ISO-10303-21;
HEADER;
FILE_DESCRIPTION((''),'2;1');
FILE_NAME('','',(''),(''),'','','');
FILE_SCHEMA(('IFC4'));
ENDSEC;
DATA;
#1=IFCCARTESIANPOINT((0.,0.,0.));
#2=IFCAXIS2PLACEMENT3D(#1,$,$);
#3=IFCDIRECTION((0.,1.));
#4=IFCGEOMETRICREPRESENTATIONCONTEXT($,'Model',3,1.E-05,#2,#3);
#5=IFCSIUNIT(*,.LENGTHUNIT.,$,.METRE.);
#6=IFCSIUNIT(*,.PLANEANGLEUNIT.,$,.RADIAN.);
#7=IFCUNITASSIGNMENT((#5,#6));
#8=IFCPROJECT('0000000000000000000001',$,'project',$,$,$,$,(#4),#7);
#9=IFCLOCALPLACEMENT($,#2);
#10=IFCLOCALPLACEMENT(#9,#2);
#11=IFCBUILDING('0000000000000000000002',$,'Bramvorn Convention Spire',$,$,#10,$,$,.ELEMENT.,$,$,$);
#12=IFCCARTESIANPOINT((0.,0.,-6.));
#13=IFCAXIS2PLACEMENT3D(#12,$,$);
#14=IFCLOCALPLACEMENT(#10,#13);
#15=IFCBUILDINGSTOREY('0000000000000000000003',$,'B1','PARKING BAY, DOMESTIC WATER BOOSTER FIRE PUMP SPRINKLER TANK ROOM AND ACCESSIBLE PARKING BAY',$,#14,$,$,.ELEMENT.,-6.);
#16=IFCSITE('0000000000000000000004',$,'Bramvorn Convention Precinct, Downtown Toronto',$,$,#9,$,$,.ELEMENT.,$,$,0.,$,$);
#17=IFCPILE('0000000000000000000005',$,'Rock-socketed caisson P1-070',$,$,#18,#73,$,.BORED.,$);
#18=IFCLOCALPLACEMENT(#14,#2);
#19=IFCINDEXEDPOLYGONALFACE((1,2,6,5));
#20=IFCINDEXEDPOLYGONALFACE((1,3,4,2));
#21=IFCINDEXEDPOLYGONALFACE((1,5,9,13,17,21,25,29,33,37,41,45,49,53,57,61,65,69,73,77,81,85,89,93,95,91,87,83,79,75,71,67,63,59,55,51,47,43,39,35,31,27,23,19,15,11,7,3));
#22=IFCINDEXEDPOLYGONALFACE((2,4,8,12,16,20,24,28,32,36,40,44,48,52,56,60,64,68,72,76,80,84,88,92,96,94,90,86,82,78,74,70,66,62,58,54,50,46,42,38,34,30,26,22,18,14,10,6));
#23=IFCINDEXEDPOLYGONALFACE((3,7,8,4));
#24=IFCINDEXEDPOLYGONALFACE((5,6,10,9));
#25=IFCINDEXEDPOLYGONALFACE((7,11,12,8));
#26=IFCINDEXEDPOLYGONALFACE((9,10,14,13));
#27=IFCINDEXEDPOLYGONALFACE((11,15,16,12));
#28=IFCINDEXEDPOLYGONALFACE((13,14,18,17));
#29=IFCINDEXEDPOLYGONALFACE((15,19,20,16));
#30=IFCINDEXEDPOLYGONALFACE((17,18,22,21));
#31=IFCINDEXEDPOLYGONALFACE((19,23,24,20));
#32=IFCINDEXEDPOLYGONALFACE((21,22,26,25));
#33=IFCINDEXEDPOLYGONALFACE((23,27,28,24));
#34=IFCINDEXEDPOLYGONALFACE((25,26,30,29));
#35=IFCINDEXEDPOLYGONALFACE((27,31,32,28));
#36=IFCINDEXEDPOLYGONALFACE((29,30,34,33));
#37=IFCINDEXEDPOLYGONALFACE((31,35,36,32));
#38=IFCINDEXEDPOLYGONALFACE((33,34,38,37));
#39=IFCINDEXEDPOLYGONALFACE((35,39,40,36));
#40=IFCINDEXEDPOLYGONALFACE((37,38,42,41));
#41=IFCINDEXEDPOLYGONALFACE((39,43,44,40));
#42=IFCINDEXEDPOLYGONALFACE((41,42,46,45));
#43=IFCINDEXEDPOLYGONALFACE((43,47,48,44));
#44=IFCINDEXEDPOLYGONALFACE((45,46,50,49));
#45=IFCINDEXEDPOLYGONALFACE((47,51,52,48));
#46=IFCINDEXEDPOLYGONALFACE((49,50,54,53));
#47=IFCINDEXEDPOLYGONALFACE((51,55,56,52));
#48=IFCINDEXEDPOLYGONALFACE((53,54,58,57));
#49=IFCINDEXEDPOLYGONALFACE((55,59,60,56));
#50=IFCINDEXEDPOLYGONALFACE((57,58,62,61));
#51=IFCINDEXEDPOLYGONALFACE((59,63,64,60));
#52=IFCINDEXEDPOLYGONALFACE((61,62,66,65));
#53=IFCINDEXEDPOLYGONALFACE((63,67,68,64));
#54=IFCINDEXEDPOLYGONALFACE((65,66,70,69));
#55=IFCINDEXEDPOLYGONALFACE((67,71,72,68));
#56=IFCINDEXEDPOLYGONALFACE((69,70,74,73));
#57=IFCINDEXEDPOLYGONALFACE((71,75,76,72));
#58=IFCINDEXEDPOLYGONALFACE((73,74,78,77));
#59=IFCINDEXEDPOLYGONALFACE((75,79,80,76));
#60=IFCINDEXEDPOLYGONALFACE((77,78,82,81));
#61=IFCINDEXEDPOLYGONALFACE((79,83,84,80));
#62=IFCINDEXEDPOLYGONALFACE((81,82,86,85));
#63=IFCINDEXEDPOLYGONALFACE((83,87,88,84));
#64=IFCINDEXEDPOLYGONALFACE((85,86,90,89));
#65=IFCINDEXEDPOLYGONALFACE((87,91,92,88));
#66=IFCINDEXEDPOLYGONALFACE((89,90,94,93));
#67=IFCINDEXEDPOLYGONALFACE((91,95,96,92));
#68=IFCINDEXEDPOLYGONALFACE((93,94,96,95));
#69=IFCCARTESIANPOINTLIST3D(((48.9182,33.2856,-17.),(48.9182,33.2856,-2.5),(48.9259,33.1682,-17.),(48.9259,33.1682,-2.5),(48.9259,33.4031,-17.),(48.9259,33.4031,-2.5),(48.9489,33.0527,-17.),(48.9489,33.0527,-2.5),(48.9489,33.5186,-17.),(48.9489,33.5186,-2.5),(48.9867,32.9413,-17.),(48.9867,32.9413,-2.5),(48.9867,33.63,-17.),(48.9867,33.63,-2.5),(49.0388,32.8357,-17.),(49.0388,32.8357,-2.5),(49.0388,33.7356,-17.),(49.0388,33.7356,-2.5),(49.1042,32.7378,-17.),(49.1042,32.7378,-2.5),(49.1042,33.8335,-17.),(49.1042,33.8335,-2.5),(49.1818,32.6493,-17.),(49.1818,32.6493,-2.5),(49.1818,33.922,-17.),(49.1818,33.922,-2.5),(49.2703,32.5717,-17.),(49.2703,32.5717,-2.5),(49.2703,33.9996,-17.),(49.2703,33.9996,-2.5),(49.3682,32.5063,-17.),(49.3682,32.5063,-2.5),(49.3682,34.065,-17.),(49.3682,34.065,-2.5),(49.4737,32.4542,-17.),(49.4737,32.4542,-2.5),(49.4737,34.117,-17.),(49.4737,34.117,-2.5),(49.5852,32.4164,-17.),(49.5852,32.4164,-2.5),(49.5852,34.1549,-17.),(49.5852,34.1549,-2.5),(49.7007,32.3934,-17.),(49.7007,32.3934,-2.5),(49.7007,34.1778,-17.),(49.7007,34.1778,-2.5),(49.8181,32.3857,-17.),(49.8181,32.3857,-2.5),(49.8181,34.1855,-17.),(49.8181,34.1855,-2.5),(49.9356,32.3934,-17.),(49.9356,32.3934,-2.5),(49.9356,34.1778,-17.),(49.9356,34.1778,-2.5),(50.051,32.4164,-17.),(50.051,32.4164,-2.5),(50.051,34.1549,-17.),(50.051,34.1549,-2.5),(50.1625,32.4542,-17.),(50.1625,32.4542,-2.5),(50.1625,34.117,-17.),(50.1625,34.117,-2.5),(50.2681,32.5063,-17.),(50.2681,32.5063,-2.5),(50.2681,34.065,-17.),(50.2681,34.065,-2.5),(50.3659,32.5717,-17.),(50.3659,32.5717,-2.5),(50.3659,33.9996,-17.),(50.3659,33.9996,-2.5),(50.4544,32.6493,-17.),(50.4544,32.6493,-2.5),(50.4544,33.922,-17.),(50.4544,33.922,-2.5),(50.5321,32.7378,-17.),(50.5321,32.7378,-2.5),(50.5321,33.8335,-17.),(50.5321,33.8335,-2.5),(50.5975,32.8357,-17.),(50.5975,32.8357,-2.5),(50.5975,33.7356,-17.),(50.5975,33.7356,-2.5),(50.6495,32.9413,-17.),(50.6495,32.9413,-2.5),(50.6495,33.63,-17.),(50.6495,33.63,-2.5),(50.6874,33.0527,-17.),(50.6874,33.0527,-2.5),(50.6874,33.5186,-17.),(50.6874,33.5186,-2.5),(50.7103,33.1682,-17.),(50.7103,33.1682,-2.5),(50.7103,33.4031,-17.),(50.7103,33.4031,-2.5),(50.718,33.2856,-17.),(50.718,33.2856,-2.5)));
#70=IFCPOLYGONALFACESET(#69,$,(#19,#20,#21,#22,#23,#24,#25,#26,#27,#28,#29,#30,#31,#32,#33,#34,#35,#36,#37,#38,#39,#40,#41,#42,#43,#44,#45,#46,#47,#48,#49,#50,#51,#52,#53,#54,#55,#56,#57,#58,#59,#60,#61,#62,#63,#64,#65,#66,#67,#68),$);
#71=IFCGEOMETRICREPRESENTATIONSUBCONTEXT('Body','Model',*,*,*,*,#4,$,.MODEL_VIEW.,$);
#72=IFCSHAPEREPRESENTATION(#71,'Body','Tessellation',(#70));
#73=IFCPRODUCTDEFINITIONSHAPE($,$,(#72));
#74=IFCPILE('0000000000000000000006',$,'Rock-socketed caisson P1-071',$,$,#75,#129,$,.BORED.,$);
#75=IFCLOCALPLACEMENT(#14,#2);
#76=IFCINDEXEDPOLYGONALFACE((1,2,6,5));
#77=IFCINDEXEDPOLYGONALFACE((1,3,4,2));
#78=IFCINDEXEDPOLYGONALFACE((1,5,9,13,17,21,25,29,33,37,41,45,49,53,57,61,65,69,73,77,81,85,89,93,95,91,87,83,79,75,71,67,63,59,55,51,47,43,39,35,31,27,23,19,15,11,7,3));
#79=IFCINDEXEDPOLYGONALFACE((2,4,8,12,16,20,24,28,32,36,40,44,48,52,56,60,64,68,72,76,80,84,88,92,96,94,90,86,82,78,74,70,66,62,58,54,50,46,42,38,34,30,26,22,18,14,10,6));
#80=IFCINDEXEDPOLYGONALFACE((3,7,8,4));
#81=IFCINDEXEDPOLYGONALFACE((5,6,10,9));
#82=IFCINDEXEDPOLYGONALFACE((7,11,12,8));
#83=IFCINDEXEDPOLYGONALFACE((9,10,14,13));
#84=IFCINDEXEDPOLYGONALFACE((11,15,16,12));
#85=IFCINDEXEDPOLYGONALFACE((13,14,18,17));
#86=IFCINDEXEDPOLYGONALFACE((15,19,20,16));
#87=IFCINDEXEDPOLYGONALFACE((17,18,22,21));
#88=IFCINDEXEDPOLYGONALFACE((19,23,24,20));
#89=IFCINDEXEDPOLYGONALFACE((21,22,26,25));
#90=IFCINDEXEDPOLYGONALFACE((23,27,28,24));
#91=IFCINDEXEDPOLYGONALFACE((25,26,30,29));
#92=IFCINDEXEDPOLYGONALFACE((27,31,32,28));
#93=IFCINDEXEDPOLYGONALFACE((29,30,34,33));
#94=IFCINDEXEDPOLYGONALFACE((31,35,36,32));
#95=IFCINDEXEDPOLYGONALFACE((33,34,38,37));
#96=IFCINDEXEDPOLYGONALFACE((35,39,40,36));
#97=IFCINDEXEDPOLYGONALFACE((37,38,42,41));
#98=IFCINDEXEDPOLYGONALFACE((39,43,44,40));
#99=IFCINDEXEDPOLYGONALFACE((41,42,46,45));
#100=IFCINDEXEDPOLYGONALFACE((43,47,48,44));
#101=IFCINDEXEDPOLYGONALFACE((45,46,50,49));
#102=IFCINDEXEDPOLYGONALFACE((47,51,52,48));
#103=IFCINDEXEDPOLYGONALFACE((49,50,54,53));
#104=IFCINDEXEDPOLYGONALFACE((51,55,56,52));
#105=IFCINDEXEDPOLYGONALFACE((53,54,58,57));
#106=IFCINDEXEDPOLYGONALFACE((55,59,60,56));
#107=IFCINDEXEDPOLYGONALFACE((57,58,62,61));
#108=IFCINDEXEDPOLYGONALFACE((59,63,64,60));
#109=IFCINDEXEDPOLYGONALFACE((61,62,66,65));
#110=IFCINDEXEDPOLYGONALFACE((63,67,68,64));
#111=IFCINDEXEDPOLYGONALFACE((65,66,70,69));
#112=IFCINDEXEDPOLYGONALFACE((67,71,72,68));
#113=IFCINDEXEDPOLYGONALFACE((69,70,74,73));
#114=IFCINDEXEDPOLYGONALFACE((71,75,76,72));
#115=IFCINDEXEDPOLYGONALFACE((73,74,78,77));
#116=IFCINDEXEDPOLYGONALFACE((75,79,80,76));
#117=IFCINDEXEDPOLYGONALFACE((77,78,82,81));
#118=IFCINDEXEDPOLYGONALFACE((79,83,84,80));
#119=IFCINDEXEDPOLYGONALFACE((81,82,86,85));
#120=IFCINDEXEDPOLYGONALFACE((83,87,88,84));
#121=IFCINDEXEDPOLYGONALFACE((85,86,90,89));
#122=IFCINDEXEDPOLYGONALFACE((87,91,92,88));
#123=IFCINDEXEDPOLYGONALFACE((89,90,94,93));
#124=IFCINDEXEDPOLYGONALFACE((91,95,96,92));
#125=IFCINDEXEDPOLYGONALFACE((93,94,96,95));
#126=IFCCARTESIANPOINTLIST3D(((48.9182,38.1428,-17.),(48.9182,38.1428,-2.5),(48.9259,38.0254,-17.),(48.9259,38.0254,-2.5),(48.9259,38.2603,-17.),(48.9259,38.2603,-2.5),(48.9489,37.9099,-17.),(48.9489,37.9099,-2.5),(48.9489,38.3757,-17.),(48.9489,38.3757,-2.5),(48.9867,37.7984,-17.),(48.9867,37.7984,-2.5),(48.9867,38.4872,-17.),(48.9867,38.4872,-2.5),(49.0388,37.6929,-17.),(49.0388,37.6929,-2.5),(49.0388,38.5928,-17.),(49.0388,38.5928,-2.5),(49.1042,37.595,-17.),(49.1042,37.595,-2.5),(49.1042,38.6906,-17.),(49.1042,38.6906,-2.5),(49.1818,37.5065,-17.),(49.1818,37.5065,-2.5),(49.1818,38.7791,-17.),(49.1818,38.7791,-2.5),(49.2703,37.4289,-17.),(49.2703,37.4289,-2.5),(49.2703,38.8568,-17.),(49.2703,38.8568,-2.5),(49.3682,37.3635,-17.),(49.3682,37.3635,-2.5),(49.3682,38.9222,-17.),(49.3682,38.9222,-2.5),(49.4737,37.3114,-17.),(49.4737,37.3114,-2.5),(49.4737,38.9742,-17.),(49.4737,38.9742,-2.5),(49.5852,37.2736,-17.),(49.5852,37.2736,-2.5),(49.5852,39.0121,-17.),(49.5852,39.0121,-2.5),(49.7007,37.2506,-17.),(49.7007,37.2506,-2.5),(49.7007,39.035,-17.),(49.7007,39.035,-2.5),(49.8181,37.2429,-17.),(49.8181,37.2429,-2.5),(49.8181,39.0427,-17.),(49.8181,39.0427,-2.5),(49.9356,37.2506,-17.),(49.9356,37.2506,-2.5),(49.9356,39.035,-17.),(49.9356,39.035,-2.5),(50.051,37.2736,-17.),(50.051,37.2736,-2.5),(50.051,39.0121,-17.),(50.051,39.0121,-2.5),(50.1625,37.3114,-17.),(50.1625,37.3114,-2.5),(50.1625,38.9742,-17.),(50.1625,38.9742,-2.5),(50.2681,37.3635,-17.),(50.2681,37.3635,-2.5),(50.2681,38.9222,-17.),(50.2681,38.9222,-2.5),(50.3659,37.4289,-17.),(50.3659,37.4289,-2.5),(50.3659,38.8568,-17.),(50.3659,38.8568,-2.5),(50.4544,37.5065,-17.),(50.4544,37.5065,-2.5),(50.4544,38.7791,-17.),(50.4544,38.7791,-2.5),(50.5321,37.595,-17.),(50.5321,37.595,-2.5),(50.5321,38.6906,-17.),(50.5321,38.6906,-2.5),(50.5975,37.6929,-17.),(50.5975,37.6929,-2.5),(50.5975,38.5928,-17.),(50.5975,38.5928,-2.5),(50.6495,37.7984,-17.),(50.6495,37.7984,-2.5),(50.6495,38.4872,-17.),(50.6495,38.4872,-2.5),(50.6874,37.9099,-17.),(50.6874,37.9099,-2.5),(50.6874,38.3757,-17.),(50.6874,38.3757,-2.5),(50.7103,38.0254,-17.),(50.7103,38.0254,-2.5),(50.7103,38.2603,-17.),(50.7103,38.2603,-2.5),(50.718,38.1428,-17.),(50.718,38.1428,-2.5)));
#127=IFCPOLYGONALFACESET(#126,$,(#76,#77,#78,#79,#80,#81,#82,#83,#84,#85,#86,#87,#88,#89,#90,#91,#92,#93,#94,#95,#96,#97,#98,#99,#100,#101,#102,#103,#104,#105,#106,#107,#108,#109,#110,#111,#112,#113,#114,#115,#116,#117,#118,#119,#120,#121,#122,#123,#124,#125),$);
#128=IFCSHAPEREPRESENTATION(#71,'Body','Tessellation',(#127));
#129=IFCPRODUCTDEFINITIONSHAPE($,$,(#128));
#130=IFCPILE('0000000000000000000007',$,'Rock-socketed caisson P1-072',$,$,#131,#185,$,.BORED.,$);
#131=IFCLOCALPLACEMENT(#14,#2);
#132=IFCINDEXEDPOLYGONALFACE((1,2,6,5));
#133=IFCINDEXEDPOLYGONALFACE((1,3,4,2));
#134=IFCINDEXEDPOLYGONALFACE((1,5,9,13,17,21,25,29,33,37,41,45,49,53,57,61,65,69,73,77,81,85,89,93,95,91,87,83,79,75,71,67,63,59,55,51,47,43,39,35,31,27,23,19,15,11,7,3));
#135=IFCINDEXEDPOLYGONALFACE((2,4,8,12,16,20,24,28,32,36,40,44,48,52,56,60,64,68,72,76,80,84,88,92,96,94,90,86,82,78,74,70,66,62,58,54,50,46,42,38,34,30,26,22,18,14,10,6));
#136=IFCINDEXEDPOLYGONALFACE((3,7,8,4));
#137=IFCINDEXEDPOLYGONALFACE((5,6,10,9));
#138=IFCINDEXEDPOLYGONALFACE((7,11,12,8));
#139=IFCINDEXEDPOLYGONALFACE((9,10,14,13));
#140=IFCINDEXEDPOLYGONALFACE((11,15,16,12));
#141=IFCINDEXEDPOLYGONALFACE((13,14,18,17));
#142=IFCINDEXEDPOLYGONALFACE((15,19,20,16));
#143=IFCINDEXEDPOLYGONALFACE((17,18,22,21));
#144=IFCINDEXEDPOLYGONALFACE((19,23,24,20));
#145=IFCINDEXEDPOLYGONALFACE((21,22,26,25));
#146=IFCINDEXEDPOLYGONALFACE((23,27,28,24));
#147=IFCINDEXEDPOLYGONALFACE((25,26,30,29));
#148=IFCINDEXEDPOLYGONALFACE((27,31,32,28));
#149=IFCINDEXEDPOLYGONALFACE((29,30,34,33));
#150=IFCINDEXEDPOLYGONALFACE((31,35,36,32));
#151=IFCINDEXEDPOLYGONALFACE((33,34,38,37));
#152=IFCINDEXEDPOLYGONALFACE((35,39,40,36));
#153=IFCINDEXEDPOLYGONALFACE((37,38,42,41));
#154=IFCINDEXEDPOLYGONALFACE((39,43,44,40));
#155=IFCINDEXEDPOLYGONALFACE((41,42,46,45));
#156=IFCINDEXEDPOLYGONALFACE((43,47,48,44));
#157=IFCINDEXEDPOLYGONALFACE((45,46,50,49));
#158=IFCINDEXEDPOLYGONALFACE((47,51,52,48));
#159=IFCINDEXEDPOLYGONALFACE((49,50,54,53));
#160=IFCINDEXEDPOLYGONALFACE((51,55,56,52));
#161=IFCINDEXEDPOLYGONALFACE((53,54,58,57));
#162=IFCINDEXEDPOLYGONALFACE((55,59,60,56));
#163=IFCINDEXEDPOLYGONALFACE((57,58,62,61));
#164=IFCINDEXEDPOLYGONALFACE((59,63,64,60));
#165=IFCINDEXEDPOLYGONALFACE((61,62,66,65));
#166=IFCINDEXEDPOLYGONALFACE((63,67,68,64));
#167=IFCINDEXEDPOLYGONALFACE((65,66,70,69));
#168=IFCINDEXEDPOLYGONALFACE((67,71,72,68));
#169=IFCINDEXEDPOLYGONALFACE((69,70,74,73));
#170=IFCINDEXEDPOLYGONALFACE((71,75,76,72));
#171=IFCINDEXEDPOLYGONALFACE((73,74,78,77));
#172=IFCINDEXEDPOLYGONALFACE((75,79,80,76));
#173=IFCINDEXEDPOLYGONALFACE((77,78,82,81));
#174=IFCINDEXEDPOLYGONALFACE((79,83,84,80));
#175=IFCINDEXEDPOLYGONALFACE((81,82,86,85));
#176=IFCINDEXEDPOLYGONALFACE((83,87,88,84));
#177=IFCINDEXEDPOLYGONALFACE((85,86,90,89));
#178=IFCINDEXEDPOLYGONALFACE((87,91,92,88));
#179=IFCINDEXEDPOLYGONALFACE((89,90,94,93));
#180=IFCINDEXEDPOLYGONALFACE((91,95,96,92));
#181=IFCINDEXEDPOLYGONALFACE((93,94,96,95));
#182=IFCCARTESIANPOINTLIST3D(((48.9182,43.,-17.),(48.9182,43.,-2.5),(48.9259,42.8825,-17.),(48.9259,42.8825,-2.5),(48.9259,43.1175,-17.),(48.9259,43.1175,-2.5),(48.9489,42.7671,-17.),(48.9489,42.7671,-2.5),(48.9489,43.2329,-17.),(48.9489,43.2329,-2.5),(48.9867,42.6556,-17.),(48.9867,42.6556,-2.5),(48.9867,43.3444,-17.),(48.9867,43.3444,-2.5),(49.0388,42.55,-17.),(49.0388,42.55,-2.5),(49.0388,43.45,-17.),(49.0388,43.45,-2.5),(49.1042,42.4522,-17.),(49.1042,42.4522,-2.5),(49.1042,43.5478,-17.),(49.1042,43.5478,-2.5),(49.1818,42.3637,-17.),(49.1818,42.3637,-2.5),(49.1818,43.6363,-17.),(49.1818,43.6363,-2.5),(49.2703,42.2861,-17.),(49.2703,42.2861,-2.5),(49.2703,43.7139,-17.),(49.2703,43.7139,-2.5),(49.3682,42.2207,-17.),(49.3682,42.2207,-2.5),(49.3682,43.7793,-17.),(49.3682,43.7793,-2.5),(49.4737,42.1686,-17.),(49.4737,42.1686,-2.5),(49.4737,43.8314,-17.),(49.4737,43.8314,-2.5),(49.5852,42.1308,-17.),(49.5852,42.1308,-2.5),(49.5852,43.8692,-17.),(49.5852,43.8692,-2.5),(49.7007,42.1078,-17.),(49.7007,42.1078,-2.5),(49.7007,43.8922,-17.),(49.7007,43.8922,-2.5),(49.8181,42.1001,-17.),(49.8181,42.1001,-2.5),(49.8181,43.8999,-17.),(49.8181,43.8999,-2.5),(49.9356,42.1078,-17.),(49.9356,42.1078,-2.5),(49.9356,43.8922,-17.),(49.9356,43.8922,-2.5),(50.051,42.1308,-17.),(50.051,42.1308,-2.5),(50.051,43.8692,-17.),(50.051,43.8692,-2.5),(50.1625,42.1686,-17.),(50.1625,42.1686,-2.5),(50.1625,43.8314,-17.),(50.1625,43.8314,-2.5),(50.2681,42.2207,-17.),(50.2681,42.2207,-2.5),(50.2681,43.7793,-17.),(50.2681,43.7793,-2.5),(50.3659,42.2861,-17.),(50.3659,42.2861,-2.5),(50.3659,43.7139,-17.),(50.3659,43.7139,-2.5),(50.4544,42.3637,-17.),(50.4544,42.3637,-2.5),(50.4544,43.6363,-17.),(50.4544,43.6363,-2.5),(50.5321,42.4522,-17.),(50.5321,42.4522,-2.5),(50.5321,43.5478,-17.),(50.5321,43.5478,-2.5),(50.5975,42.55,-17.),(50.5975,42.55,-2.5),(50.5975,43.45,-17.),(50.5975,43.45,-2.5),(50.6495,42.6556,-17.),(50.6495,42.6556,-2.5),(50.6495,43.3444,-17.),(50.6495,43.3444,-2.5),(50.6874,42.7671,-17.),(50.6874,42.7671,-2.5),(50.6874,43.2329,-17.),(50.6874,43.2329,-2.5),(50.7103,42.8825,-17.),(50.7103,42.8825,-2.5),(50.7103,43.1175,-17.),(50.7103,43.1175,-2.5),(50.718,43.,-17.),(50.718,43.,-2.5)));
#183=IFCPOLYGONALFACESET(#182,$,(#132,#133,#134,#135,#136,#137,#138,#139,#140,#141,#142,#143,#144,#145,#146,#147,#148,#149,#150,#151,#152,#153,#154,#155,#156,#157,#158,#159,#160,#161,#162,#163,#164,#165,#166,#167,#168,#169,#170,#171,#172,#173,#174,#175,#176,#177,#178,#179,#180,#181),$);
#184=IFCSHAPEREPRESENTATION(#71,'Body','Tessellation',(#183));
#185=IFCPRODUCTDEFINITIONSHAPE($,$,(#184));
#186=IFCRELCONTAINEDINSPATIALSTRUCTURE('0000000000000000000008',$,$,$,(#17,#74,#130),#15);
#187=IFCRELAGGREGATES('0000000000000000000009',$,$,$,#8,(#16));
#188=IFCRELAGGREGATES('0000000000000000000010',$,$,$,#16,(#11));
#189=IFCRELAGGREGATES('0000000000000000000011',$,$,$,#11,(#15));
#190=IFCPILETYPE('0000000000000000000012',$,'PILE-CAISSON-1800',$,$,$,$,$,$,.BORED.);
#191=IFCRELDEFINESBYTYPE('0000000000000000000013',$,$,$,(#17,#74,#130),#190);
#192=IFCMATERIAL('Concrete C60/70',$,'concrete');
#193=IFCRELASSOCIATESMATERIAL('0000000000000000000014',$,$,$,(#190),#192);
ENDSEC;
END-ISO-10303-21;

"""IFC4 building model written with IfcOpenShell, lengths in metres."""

from ifc_helpers import new_model, si_unit, direction, frame, origin, origin_2d, place, context, subcontext, project, spatial, circle, extrude, material, material_profile, profile_set, type_object, element, save


model = new_model("IFC4")

# Units and contexts
model_context = context("Model", 3, precision=1e-05, world=origin(), true_north=direction((0.0, 1.0)))
body_context = subcontext(model_context, "Body", "Model", "MODEL_VIEW")
ifc_project = project(units=[si_unit("LENGTHUNIT", "METRE"), si_unit("PLANEANGLEUNIT", "RADIAN")], contexts=[model_context])

# Site, building, storey
site_placement = place(None, origin())
site = spatial("IfcSite", under=ifc_project, at=site_placement, Name="Bramvorn Convention Precinct, Downtown Toronto", CompositionType="ELEMENT", RefElevation=0.0)
building_placement = place(site_placement, origin())
building = spatial("IfcBuilding", under=site, at=building_placement, Name="Bramvorn Convention Spire", CompositionType="ELEMENT")
storey_placement = place(building_placement, frame((0.0, 0.0, -6.0)))
storey = spatial("IfcBuildingStorey", under=building, at=storey_placement, Name="B1", Description="PARKING BAY, DOMESTIC WATER BOOSTER FIRE PUMP SPRINKLER TANK ROOM AND ACCESSIBLE PARKING BAY", CompositionType="ELEMENT", Elevation=-6.0)

# Shared definitions
ifc_material_1 = material(Name="Concrete C60/70", Category="concrete")

# Piles
ifc_material_profile_1 = material_profile(ifc_material_1, circle(Radius=0.8999, at=origin_2d()))
ifc_profile_set_1 = profile_set([ifc_material_profile_1], Name="Concrete C60/70 - CAISSON1800")
pile_type_1 = type_object("IfcPileType", Name="PILE-CAISSON-1800", PredefinedType="BORED", material=ifc_profile_set_1)
for number, where, z_axis, x_axis, name in (
    (1, (49.8181, 33.2856, -2.5), (0.0, 0.0, -1.0), (1.0, 0.0, 0.0), "Rock-socketed caisson P1-070"),
    (2, (49.8181, 38.1428, -2.5), (0.0, 0.0, -1.0), (1.0, 0.0, 0.0), "Rock-socketed caisson P1-071"),
    (3, (49.8181, 43.0, -2.5), (0.0, 0.0, -1.0), (1.0, 0.0, 0.0), "Rock-socketed caisson P1-072"),
):
    element("IfcPile", number, at=place(storey_placement, frame(where, z_axis=z_axis, x_axis=x_axis)), inside=storey, type_object=pile_type_1, Name=name, PredefinedType="BORED", context=body_context, shape_type="SweptSolid", body=[
        extrude(circle(Radius=0.8999, at=origin_2d()), origin(), (0.0, 0.0, 1.0), 14.5),
    ])

save(model, "model.ifc")
